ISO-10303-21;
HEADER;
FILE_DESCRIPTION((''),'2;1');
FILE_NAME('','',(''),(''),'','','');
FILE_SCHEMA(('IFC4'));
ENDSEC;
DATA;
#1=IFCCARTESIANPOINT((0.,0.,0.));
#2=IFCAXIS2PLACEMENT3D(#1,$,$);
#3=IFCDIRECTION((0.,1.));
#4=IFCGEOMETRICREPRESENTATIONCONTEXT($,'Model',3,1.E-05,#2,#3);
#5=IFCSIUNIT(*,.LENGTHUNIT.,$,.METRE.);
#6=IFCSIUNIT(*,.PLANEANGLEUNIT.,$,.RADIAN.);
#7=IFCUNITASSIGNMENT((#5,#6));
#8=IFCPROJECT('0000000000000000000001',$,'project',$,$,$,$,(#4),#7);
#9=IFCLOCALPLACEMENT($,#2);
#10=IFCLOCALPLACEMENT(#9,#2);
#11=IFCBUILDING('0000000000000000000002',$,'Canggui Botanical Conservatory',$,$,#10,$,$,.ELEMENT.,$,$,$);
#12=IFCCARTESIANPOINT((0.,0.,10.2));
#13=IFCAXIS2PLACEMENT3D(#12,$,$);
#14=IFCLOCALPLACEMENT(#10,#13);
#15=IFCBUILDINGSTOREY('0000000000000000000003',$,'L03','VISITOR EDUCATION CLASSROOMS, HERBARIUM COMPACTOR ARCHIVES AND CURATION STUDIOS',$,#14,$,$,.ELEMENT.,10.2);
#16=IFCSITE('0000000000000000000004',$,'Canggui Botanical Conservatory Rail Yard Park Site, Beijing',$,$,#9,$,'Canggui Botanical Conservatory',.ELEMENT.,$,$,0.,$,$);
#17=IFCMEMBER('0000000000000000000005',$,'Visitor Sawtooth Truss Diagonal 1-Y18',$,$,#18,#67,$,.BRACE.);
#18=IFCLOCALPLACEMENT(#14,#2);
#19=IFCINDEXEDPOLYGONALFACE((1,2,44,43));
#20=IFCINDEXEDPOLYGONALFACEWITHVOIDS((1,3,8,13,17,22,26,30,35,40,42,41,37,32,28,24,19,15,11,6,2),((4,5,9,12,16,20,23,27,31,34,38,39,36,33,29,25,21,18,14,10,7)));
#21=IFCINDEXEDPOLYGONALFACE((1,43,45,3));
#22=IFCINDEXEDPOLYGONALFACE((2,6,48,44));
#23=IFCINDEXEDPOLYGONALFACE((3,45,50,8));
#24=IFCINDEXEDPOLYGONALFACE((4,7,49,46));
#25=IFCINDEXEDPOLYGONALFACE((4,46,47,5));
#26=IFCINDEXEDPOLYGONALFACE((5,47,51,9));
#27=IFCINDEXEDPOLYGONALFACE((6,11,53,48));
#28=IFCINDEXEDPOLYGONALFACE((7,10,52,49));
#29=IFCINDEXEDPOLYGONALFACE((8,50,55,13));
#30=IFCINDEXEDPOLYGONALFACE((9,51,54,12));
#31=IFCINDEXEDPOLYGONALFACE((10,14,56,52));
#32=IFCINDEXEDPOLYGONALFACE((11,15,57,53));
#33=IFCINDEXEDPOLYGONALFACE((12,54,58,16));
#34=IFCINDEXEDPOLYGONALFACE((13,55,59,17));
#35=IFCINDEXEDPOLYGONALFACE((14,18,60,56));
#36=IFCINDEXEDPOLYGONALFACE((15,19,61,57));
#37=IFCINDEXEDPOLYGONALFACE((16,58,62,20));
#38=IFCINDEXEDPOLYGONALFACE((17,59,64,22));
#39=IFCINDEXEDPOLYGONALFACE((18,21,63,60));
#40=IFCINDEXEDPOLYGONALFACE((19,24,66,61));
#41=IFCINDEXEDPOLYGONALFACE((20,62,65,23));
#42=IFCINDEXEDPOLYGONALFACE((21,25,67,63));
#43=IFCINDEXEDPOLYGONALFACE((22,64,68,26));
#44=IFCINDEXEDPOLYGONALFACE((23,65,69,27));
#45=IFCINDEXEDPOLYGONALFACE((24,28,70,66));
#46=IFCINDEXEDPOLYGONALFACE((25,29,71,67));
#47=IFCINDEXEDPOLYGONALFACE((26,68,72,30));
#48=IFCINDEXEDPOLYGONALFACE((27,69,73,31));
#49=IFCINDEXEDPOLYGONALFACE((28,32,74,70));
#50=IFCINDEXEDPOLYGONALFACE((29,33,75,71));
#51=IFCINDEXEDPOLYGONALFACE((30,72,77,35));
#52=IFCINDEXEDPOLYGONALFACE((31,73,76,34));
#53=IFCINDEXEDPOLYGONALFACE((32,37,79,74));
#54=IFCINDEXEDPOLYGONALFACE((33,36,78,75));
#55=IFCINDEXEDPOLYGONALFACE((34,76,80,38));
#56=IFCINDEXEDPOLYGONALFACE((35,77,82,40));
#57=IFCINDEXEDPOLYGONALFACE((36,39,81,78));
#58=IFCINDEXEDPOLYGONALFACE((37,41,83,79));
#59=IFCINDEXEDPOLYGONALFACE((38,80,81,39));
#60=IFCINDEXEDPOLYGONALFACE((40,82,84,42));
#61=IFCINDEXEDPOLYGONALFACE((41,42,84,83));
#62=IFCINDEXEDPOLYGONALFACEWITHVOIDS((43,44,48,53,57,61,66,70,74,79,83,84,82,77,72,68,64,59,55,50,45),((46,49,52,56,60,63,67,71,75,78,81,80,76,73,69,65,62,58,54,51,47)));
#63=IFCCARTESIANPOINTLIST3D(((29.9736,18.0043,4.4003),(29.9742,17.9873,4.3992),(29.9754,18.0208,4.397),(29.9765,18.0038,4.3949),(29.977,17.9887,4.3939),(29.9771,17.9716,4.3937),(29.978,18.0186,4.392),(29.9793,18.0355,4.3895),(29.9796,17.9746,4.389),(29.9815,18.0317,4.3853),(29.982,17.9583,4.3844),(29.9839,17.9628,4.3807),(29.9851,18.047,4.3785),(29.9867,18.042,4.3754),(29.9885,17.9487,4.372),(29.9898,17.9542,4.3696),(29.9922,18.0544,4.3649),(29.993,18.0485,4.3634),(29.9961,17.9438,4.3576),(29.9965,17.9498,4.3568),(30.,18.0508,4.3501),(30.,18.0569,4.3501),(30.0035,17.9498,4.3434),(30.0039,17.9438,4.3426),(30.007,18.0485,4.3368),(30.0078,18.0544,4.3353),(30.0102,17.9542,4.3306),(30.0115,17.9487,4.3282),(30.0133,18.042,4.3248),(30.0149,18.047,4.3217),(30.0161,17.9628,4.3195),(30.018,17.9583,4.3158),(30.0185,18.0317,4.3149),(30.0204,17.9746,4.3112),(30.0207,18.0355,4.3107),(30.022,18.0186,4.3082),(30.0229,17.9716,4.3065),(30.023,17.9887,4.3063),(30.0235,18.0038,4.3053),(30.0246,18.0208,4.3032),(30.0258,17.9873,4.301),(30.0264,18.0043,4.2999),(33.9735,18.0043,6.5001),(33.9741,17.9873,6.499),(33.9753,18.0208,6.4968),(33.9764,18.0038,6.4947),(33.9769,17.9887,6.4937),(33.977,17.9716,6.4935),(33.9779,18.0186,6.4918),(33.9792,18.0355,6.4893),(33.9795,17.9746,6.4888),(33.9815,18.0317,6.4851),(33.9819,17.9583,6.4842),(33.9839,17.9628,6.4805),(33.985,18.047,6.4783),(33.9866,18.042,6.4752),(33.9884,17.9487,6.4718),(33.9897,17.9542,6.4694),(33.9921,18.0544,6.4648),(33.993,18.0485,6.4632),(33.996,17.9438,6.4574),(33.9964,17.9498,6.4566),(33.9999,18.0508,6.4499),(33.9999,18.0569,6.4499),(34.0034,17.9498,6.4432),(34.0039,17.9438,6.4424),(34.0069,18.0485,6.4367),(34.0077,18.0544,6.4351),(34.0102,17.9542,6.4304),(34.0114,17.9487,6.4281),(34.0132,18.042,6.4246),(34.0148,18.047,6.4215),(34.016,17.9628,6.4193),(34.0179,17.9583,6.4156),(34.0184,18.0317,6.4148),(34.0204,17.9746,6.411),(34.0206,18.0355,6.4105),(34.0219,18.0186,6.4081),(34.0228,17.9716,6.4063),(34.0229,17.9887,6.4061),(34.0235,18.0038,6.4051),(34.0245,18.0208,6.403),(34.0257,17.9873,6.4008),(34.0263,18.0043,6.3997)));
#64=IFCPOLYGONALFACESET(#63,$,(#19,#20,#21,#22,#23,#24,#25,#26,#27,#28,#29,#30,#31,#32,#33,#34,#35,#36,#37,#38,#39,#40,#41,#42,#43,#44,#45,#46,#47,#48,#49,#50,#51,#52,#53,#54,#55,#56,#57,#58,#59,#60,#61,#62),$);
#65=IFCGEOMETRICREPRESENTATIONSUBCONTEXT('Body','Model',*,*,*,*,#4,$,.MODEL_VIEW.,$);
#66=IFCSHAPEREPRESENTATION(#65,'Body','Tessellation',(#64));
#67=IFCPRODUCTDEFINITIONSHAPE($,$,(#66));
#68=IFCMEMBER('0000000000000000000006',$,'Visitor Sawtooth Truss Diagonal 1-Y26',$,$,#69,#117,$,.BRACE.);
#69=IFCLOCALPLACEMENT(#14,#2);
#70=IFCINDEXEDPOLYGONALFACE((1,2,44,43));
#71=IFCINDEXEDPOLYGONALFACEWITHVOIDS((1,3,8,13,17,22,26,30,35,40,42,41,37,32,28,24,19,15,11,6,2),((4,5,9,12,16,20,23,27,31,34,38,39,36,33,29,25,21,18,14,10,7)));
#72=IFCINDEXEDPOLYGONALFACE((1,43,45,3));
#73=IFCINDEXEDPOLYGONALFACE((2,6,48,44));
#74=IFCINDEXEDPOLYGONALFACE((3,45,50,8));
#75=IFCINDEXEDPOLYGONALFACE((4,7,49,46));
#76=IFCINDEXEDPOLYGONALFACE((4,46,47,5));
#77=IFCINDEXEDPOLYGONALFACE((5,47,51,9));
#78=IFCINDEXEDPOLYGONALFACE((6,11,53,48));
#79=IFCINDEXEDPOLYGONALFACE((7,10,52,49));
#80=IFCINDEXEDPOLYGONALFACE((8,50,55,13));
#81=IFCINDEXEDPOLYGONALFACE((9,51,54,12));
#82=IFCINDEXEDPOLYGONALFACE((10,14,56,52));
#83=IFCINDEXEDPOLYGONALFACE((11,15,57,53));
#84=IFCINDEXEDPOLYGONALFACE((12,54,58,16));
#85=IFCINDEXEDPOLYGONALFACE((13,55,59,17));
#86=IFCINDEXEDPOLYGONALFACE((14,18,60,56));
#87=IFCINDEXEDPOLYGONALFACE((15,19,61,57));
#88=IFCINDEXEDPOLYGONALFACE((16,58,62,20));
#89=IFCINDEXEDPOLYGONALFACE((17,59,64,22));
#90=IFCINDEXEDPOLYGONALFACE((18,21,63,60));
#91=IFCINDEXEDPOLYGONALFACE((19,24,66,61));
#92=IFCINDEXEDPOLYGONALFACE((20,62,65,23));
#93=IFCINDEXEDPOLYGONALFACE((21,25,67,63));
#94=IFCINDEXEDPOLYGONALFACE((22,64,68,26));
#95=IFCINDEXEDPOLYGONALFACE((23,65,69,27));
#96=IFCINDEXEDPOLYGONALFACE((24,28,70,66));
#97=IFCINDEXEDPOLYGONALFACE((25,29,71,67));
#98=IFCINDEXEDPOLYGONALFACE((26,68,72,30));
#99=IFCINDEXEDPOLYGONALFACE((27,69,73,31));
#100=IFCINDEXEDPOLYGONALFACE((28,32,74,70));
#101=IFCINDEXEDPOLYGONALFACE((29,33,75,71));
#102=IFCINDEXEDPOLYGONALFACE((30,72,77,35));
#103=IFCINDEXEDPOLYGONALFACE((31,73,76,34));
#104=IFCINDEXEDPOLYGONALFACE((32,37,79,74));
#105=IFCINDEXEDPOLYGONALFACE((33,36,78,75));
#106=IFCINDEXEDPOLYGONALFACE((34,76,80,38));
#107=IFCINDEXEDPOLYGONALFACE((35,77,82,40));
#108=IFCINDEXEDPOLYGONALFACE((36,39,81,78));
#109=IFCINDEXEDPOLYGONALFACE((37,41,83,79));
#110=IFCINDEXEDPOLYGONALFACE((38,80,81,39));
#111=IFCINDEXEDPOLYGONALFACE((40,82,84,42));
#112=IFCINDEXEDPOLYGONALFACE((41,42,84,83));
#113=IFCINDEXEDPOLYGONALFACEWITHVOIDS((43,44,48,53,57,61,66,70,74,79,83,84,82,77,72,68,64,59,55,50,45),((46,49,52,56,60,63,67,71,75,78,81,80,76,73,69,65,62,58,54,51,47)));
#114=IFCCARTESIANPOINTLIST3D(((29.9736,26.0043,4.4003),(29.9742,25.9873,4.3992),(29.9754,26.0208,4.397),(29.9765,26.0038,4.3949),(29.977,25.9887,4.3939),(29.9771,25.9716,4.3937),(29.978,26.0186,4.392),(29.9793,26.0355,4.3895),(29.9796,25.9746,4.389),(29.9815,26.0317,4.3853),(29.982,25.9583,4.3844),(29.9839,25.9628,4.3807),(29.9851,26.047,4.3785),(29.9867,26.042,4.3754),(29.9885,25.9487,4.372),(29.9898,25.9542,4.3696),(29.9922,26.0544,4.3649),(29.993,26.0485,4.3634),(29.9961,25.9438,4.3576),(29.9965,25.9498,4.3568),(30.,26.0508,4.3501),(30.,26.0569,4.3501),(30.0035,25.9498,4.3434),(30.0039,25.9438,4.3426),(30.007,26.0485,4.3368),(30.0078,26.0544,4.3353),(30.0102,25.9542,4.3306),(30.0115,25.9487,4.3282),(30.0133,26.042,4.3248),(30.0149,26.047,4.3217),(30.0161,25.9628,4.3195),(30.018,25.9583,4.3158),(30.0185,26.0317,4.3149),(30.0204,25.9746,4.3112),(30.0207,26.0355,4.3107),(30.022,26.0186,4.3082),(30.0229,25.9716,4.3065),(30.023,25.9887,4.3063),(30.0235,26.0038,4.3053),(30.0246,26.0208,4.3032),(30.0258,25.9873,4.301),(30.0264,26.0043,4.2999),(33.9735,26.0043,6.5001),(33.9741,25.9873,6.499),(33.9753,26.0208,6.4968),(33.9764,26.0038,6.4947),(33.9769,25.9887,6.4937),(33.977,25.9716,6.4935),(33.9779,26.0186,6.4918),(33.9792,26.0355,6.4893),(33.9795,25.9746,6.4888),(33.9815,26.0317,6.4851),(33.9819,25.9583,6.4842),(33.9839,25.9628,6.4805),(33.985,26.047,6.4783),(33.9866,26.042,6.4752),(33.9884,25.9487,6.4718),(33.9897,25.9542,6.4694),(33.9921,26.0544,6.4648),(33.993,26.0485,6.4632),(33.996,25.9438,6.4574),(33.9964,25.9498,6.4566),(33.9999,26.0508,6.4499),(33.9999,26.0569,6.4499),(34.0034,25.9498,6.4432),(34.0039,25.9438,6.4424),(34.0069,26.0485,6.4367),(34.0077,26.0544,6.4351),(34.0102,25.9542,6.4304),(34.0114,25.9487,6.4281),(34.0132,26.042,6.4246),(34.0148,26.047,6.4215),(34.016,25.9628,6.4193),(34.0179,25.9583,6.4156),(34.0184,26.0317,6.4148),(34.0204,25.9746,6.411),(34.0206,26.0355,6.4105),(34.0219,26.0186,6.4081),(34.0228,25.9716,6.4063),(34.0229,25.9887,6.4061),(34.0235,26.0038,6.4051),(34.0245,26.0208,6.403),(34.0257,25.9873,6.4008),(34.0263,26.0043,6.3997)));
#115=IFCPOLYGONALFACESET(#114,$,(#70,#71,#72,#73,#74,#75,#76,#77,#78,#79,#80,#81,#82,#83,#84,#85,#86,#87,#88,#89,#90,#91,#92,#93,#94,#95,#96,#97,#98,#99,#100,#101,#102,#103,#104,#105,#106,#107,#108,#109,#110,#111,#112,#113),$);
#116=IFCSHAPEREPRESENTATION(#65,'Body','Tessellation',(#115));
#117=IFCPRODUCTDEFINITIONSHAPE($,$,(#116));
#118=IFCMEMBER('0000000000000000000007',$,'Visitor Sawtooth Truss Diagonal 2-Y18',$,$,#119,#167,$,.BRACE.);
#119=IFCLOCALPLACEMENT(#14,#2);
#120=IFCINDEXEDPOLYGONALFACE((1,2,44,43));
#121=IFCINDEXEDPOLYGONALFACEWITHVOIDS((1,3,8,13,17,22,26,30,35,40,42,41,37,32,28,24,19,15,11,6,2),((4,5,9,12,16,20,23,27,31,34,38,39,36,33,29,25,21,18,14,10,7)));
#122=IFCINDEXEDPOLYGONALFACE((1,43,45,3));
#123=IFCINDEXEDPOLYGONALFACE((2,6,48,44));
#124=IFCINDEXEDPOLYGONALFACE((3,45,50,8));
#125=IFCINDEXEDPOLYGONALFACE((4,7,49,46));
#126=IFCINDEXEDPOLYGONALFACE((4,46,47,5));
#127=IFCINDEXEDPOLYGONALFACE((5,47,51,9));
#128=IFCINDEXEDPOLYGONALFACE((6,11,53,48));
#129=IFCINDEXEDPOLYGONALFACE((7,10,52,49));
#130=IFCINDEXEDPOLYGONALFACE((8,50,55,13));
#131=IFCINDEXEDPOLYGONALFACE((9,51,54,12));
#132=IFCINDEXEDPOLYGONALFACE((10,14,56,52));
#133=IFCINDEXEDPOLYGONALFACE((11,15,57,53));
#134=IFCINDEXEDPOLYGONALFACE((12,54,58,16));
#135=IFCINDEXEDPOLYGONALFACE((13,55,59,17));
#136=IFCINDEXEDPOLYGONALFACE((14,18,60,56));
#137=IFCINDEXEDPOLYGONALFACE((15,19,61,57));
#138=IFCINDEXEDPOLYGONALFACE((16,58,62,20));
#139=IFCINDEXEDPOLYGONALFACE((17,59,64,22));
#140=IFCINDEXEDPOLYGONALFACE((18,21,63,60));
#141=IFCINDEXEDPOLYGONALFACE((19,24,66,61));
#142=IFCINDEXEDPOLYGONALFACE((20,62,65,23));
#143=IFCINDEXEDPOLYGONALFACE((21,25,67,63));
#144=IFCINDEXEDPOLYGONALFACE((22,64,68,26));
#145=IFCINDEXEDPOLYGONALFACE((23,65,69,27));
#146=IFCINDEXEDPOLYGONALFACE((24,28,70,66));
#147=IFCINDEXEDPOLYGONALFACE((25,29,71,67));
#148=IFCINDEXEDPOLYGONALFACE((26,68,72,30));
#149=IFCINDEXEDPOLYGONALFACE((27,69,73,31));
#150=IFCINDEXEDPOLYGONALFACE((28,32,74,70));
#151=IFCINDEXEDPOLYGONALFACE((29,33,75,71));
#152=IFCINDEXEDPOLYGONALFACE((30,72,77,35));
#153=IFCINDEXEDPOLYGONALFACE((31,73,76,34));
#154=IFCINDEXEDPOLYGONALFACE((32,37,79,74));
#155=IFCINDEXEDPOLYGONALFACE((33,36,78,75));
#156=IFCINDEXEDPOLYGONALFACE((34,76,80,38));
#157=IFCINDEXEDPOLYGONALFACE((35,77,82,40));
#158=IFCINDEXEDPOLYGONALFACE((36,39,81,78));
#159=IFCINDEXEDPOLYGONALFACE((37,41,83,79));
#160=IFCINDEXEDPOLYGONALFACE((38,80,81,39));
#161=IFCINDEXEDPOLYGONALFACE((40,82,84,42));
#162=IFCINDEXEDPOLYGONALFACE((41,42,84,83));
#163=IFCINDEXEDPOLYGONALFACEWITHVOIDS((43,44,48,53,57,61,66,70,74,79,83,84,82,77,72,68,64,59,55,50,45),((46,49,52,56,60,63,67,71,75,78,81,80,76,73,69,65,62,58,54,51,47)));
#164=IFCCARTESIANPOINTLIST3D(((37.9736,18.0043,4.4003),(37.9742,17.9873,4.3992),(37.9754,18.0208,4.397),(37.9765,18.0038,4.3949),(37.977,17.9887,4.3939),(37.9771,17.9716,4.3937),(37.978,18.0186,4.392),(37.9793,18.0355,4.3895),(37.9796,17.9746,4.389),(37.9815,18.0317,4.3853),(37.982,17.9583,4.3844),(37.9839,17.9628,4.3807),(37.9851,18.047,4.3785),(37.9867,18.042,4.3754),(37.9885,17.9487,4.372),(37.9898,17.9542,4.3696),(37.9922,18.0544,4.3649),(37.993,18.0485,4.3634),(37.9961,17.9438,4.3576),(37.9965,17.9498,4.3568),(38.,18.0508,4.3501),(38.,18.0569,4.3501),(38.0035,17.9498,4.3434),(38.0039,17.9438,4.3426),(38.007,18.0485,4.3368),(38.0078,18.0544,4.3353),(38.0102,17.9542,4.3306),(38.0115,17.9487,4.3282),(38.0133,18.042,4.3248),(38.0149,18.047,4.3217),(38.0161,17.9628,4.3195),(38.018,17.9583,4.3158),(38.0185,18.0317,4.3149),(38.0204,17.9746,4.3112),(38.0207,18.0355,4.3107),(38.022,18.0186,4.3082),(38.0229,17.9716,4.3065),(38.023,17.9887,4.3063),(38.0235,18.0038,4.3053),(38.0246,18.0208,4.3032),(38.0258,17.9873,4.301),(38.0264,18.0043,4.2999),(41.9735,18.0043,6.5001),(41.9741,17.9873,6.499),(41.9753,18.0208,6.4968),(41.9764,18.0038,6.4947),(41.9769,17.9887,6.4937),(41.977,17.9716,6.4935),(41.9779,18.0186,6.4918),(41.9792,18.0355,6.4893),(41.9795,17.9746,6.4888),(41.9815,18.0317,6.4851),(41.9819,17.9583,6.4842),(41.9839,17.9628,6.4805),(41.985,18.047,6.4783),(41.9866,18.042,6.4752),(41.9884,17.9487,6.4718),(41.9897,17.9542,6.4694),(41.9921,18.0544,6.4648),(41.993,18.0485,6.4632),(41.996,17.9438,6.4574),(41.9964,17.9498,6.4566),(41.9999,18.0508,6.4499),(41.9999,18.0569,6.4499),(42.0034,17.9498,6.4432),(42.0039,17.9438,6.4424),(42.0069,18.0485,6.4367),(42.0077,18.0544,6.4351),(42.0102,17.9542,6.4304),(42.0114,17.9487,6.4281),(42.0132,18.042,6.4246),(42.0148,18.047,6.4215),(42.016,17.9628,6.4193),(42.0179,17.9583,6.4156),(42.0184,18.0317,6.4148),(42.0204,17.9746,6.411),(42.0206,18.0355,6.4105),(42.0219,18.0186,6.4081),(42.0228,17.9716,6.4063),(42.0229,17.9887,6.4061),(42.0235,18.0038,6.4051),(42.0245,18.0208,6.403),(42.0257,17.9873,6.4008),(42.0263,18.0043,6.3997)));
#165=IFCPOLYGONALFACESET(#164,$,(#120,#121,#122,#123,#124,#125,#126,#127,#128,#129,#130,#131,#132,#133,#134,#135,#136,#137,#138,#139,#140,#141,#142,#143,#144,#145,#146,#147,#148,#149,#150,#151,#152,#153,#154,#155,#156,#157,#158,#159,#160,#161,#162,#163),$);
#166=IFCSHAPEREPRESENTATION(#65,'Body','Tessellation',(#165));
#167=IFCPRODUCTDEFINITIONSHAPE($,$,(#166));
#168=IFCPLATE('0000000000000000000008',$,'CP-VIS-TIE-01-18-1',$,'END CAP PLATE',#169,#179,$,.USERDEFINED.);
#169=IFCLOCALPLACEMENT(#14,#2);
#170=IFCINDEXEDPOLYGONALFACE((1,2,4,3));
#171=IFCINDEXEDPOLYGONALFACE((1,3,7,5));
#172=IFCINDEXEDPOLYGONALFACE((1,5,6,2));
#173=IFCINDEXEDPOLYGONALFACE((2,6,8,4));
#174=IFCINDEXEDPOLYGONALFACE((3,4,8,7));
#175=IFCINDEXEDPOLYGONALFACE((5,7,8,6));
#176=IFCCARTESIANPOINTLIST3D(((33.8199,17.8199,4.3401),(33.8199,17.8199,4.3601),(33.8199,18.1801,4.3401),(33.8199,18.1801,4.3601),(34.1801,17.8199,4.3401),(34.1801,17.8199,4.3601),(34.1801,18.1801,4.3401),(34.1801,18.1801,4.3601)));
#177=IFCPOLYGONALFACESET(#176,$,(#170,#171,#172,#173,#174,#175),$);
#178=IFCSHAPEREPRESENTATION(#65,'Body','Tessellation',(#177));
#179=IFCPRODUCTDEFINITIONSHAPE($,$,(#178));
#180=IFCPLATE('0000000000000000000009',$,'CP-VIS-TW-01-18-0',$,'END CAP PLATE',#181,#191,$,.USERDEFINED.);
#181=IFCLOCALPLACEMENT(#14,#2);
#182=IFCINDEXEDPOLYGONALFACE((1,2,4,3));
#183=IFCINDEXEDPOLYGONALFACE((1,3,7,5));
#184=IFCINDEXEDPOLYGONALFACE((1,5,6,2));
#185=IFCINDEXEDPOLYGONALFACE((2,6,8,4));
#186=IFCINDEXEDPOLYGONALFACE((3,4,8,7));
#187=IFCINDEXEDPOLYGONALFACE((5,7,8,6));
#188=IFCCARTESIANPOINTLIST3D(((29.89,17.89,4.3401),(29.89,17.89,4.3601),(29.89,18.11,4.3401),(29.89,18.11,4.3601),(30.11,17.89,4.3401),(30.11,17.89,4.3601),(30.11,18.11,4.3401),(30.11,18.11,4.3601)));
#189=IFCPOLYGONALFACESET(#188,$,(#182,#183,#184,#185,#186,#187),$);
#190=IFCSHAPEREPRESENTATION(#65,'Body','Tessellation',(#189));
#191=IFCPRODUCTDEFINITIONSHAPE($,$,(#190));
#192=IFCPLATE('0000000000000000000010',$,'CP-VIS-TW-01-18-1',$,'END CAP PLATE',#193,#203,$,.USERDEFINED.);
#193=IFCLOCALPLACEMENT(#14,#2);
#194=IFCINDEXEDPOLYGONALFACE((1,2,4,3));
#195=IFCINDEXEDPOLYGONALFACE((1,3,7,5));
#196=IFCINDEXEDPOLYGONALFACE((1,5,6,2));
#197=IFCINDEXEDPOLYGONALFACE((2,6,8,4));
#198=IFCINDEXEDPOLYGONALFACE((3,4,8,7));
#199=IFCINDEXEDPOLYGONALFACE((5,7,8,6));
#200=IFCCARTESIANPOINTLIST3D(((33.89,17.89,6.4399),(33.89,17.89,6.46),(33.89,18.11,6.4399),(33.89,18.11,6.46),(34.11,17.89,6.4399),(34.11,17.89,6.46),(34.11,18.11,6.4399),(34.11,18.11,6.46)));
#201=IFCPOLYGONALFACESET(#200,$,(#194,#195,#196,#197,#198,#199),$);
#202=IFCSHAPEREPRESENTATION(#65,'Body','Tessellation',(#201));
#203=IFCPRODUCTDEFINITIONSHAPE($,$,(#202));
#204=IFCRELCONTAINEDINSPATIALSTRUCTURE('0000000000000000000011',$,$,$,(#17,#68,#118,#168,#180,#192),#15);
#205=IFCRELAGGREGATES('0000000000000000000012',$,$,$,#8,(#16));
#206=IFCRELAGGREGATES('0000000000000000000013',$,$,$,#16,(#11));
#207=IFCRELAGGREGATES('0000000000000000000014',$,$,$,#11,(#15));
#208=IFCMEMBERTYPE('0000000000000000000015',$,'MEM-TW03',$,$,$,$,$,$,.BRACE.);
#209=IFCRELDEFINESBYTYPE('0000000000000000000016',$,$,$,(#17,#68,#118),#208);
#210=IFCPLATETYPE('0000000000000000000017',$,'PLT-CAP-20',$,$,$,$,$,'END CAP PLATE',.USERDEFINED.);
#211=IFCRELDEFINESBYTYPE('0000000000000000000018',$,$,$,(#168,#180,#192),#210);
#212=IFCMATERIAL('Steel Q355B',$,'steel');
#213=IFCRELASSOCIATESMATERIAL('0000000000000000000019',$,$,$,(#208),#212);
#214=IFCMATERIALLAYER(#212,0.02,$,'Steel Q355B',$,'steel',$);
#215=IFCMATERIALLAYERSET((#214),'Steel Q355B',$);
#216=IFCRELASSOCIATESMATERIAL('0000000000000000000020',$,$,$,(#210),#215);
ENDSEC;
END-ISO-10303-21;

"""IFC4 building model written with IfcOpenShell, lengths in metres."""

from ifc_helpers import new_model, si_unit, direction, frame, origin, origin_2d, place, context, subcontext, project, spatial, rectangle, hollow_circle, extrude, material, layer, layer_set, material_profile, profile_set, type_object, element, save


model = new_model("IFC4")

# Units and contexts
model_context = context("Model", 3, precision=1e-05, world=origin(), true_north=direction((0.0, 1.0)))
body_context = subcontext(model_context, "Body", "Model", "MODEL_VIEW")
ifc_project = project(units=[si_unit("LENGTHUNIT", "METRE"), si_unit("PLANEANGLEUNIT", "RADIAN")], contexts=[model_context])

# Site, building, storey
site_placement = place(None, origin())
site = spatial("IfcSite", under=ifc_project, at=site_placement, Name="Canggui Botanical Conservatory Rail Yard Park Site, Beijing", LongName="Canggui Botanical Conservatory", CompositionType="ELEMENT", RefElevation=0.0)
building_placement = place(site_placement, origin())
building = spatial("IfcBuilding", under=site, at=building_placement, Name="Canggui Botanical Conservatory", CompositionType="ELEMENT")
storey_placement = place(building_placement, frame((0.0, 0.0, 10.2)))
storey = spatial("IfcBuildingStorey", under=building, at=storey_placement, Name="L03", Description="VISITOR EDUCATION CLASSROOMS, HERBARIUM COMPACTOR ARCHIVES AND CURATION STUDIOS", CompositionType="ELEMENT", Elevation=10.2)

# Shared definitions
ifc_material_1 = material(Name="Steel Q355B", Category="steel")

# Members
ifc_material_profile_1 = material_profile(ifc_material_1, hollow_circle(Radius=0.0569, WallThickness=0.0061, at=origin_2d()), Name="CHS 114x6")
ifc_profile_set_1 = profile_set([ifc_material_profile_1], Name="Steel Q355B")
member_type_1 = type_object("IfcMemberType", Name="MEM-TW03", PredefinedType="BRACE", material=ifc_profile_set_1)
for number, where, z_axis, x_axis, name in (
    (1, (30.0, 18.0, 4.3501), (0.885411, 0.0, 0.464808), (0.0, 1.0, 0.0), "Visitor Sawtooth Truss Diagonal 1-Y18"),
    (2, (30.0, 26.0, 4.3501), (0.885411, 0.0, 0.464808), (0.0, 1.0, 0.0), "Visitor Sawtooth Truss Diagonal 1-Y26"),
    (3, (38.0, 18.0, 4.3501), (0.885411, 0.0, 0.464808), (0.0, 1.0, 0.0), "Visitor Sawtooth Truss Diagonal 2-Y18"),
):
    element("IfcMember", number, at=place(storey_placement, frame(where, z_axis=z_axis, x_axis=x_axis)), inside=storey, type_object=member_type_1, Name=name, PredefinedType="BRACE", context=body_context, shape_type="SweptSolid", body=[
        extrude(hollow_circle(Radius=0.0569, WallThickness=0.0061, at=origin_2d()), origin(), (0.0, 0.0, 1.0), 4.5176),
    ])

# Plates
ifc_layer_1 = layer(ifc_material_1, 0.02, Name="Steel Q355B", Category="steel")
ifc_layer_set_1 = layer_set([ifc_layer_1], Name="Steel Q355B")
plate_type = type_object("IfcPlateType", Name="PLT-CAP-20", ElementType="END CAP PLATE", PredefinedType="USERDEFINED", material=ifc_layer_set_1)
plate_1_placement = place(storey_placement, frame((34.0, 18.0, 4.3401), z_axis=(0.0, 0.0, 1.0), x_axis=(1.0, 0.0, 0.0)))
element("IfcPlate", 4, at=plate_1_placement, inside=storey, type_object=plate_type, Name="CP-VIS-TIE-01-18-1", ObjectType="END CAP PLATE", PredefinedType="USERDEFINED", context=body_context, shape_type="SweptSolid", body=[
    extrude(rectangle(XDim=0.3601, YDim=0.3601, at=origin_2d()), origin(), (0.0, 0.0, 1.0), 0.02),
])
for number, where, z_axis, x_axis, name in (
    (5, (30.0, 18.0, 4.3401), (0.0, 0.0, 1.0), (1.0, 0.0, 0.0), "CP-VIS-TW-01-18-0"),
    (6, (34.0, 18.0, 6.4399), (0.0, 0.0, 1.0), (1.0, 0.0, 0.0), "CP-VIS-TW-01-18-1"),
):
    element("IfcPlate", number, at=place(storey_placement, frame(where, z_axis=z_axis, x_axis=x_axis)), inside=storey, type_object=plate_type, Name=name, ObjectType="END CAP PLATE", PredefinedType="USERDEFINED", context=body_context, shape_type="SweptSolid", body=[
        extrude(rectangle(XDim=0.22, YDim=0.22, at=origin_2d()), origin(), (0.0, 0.0, 1.0), 0.02),
    ])

save(model, "model.ifc")
